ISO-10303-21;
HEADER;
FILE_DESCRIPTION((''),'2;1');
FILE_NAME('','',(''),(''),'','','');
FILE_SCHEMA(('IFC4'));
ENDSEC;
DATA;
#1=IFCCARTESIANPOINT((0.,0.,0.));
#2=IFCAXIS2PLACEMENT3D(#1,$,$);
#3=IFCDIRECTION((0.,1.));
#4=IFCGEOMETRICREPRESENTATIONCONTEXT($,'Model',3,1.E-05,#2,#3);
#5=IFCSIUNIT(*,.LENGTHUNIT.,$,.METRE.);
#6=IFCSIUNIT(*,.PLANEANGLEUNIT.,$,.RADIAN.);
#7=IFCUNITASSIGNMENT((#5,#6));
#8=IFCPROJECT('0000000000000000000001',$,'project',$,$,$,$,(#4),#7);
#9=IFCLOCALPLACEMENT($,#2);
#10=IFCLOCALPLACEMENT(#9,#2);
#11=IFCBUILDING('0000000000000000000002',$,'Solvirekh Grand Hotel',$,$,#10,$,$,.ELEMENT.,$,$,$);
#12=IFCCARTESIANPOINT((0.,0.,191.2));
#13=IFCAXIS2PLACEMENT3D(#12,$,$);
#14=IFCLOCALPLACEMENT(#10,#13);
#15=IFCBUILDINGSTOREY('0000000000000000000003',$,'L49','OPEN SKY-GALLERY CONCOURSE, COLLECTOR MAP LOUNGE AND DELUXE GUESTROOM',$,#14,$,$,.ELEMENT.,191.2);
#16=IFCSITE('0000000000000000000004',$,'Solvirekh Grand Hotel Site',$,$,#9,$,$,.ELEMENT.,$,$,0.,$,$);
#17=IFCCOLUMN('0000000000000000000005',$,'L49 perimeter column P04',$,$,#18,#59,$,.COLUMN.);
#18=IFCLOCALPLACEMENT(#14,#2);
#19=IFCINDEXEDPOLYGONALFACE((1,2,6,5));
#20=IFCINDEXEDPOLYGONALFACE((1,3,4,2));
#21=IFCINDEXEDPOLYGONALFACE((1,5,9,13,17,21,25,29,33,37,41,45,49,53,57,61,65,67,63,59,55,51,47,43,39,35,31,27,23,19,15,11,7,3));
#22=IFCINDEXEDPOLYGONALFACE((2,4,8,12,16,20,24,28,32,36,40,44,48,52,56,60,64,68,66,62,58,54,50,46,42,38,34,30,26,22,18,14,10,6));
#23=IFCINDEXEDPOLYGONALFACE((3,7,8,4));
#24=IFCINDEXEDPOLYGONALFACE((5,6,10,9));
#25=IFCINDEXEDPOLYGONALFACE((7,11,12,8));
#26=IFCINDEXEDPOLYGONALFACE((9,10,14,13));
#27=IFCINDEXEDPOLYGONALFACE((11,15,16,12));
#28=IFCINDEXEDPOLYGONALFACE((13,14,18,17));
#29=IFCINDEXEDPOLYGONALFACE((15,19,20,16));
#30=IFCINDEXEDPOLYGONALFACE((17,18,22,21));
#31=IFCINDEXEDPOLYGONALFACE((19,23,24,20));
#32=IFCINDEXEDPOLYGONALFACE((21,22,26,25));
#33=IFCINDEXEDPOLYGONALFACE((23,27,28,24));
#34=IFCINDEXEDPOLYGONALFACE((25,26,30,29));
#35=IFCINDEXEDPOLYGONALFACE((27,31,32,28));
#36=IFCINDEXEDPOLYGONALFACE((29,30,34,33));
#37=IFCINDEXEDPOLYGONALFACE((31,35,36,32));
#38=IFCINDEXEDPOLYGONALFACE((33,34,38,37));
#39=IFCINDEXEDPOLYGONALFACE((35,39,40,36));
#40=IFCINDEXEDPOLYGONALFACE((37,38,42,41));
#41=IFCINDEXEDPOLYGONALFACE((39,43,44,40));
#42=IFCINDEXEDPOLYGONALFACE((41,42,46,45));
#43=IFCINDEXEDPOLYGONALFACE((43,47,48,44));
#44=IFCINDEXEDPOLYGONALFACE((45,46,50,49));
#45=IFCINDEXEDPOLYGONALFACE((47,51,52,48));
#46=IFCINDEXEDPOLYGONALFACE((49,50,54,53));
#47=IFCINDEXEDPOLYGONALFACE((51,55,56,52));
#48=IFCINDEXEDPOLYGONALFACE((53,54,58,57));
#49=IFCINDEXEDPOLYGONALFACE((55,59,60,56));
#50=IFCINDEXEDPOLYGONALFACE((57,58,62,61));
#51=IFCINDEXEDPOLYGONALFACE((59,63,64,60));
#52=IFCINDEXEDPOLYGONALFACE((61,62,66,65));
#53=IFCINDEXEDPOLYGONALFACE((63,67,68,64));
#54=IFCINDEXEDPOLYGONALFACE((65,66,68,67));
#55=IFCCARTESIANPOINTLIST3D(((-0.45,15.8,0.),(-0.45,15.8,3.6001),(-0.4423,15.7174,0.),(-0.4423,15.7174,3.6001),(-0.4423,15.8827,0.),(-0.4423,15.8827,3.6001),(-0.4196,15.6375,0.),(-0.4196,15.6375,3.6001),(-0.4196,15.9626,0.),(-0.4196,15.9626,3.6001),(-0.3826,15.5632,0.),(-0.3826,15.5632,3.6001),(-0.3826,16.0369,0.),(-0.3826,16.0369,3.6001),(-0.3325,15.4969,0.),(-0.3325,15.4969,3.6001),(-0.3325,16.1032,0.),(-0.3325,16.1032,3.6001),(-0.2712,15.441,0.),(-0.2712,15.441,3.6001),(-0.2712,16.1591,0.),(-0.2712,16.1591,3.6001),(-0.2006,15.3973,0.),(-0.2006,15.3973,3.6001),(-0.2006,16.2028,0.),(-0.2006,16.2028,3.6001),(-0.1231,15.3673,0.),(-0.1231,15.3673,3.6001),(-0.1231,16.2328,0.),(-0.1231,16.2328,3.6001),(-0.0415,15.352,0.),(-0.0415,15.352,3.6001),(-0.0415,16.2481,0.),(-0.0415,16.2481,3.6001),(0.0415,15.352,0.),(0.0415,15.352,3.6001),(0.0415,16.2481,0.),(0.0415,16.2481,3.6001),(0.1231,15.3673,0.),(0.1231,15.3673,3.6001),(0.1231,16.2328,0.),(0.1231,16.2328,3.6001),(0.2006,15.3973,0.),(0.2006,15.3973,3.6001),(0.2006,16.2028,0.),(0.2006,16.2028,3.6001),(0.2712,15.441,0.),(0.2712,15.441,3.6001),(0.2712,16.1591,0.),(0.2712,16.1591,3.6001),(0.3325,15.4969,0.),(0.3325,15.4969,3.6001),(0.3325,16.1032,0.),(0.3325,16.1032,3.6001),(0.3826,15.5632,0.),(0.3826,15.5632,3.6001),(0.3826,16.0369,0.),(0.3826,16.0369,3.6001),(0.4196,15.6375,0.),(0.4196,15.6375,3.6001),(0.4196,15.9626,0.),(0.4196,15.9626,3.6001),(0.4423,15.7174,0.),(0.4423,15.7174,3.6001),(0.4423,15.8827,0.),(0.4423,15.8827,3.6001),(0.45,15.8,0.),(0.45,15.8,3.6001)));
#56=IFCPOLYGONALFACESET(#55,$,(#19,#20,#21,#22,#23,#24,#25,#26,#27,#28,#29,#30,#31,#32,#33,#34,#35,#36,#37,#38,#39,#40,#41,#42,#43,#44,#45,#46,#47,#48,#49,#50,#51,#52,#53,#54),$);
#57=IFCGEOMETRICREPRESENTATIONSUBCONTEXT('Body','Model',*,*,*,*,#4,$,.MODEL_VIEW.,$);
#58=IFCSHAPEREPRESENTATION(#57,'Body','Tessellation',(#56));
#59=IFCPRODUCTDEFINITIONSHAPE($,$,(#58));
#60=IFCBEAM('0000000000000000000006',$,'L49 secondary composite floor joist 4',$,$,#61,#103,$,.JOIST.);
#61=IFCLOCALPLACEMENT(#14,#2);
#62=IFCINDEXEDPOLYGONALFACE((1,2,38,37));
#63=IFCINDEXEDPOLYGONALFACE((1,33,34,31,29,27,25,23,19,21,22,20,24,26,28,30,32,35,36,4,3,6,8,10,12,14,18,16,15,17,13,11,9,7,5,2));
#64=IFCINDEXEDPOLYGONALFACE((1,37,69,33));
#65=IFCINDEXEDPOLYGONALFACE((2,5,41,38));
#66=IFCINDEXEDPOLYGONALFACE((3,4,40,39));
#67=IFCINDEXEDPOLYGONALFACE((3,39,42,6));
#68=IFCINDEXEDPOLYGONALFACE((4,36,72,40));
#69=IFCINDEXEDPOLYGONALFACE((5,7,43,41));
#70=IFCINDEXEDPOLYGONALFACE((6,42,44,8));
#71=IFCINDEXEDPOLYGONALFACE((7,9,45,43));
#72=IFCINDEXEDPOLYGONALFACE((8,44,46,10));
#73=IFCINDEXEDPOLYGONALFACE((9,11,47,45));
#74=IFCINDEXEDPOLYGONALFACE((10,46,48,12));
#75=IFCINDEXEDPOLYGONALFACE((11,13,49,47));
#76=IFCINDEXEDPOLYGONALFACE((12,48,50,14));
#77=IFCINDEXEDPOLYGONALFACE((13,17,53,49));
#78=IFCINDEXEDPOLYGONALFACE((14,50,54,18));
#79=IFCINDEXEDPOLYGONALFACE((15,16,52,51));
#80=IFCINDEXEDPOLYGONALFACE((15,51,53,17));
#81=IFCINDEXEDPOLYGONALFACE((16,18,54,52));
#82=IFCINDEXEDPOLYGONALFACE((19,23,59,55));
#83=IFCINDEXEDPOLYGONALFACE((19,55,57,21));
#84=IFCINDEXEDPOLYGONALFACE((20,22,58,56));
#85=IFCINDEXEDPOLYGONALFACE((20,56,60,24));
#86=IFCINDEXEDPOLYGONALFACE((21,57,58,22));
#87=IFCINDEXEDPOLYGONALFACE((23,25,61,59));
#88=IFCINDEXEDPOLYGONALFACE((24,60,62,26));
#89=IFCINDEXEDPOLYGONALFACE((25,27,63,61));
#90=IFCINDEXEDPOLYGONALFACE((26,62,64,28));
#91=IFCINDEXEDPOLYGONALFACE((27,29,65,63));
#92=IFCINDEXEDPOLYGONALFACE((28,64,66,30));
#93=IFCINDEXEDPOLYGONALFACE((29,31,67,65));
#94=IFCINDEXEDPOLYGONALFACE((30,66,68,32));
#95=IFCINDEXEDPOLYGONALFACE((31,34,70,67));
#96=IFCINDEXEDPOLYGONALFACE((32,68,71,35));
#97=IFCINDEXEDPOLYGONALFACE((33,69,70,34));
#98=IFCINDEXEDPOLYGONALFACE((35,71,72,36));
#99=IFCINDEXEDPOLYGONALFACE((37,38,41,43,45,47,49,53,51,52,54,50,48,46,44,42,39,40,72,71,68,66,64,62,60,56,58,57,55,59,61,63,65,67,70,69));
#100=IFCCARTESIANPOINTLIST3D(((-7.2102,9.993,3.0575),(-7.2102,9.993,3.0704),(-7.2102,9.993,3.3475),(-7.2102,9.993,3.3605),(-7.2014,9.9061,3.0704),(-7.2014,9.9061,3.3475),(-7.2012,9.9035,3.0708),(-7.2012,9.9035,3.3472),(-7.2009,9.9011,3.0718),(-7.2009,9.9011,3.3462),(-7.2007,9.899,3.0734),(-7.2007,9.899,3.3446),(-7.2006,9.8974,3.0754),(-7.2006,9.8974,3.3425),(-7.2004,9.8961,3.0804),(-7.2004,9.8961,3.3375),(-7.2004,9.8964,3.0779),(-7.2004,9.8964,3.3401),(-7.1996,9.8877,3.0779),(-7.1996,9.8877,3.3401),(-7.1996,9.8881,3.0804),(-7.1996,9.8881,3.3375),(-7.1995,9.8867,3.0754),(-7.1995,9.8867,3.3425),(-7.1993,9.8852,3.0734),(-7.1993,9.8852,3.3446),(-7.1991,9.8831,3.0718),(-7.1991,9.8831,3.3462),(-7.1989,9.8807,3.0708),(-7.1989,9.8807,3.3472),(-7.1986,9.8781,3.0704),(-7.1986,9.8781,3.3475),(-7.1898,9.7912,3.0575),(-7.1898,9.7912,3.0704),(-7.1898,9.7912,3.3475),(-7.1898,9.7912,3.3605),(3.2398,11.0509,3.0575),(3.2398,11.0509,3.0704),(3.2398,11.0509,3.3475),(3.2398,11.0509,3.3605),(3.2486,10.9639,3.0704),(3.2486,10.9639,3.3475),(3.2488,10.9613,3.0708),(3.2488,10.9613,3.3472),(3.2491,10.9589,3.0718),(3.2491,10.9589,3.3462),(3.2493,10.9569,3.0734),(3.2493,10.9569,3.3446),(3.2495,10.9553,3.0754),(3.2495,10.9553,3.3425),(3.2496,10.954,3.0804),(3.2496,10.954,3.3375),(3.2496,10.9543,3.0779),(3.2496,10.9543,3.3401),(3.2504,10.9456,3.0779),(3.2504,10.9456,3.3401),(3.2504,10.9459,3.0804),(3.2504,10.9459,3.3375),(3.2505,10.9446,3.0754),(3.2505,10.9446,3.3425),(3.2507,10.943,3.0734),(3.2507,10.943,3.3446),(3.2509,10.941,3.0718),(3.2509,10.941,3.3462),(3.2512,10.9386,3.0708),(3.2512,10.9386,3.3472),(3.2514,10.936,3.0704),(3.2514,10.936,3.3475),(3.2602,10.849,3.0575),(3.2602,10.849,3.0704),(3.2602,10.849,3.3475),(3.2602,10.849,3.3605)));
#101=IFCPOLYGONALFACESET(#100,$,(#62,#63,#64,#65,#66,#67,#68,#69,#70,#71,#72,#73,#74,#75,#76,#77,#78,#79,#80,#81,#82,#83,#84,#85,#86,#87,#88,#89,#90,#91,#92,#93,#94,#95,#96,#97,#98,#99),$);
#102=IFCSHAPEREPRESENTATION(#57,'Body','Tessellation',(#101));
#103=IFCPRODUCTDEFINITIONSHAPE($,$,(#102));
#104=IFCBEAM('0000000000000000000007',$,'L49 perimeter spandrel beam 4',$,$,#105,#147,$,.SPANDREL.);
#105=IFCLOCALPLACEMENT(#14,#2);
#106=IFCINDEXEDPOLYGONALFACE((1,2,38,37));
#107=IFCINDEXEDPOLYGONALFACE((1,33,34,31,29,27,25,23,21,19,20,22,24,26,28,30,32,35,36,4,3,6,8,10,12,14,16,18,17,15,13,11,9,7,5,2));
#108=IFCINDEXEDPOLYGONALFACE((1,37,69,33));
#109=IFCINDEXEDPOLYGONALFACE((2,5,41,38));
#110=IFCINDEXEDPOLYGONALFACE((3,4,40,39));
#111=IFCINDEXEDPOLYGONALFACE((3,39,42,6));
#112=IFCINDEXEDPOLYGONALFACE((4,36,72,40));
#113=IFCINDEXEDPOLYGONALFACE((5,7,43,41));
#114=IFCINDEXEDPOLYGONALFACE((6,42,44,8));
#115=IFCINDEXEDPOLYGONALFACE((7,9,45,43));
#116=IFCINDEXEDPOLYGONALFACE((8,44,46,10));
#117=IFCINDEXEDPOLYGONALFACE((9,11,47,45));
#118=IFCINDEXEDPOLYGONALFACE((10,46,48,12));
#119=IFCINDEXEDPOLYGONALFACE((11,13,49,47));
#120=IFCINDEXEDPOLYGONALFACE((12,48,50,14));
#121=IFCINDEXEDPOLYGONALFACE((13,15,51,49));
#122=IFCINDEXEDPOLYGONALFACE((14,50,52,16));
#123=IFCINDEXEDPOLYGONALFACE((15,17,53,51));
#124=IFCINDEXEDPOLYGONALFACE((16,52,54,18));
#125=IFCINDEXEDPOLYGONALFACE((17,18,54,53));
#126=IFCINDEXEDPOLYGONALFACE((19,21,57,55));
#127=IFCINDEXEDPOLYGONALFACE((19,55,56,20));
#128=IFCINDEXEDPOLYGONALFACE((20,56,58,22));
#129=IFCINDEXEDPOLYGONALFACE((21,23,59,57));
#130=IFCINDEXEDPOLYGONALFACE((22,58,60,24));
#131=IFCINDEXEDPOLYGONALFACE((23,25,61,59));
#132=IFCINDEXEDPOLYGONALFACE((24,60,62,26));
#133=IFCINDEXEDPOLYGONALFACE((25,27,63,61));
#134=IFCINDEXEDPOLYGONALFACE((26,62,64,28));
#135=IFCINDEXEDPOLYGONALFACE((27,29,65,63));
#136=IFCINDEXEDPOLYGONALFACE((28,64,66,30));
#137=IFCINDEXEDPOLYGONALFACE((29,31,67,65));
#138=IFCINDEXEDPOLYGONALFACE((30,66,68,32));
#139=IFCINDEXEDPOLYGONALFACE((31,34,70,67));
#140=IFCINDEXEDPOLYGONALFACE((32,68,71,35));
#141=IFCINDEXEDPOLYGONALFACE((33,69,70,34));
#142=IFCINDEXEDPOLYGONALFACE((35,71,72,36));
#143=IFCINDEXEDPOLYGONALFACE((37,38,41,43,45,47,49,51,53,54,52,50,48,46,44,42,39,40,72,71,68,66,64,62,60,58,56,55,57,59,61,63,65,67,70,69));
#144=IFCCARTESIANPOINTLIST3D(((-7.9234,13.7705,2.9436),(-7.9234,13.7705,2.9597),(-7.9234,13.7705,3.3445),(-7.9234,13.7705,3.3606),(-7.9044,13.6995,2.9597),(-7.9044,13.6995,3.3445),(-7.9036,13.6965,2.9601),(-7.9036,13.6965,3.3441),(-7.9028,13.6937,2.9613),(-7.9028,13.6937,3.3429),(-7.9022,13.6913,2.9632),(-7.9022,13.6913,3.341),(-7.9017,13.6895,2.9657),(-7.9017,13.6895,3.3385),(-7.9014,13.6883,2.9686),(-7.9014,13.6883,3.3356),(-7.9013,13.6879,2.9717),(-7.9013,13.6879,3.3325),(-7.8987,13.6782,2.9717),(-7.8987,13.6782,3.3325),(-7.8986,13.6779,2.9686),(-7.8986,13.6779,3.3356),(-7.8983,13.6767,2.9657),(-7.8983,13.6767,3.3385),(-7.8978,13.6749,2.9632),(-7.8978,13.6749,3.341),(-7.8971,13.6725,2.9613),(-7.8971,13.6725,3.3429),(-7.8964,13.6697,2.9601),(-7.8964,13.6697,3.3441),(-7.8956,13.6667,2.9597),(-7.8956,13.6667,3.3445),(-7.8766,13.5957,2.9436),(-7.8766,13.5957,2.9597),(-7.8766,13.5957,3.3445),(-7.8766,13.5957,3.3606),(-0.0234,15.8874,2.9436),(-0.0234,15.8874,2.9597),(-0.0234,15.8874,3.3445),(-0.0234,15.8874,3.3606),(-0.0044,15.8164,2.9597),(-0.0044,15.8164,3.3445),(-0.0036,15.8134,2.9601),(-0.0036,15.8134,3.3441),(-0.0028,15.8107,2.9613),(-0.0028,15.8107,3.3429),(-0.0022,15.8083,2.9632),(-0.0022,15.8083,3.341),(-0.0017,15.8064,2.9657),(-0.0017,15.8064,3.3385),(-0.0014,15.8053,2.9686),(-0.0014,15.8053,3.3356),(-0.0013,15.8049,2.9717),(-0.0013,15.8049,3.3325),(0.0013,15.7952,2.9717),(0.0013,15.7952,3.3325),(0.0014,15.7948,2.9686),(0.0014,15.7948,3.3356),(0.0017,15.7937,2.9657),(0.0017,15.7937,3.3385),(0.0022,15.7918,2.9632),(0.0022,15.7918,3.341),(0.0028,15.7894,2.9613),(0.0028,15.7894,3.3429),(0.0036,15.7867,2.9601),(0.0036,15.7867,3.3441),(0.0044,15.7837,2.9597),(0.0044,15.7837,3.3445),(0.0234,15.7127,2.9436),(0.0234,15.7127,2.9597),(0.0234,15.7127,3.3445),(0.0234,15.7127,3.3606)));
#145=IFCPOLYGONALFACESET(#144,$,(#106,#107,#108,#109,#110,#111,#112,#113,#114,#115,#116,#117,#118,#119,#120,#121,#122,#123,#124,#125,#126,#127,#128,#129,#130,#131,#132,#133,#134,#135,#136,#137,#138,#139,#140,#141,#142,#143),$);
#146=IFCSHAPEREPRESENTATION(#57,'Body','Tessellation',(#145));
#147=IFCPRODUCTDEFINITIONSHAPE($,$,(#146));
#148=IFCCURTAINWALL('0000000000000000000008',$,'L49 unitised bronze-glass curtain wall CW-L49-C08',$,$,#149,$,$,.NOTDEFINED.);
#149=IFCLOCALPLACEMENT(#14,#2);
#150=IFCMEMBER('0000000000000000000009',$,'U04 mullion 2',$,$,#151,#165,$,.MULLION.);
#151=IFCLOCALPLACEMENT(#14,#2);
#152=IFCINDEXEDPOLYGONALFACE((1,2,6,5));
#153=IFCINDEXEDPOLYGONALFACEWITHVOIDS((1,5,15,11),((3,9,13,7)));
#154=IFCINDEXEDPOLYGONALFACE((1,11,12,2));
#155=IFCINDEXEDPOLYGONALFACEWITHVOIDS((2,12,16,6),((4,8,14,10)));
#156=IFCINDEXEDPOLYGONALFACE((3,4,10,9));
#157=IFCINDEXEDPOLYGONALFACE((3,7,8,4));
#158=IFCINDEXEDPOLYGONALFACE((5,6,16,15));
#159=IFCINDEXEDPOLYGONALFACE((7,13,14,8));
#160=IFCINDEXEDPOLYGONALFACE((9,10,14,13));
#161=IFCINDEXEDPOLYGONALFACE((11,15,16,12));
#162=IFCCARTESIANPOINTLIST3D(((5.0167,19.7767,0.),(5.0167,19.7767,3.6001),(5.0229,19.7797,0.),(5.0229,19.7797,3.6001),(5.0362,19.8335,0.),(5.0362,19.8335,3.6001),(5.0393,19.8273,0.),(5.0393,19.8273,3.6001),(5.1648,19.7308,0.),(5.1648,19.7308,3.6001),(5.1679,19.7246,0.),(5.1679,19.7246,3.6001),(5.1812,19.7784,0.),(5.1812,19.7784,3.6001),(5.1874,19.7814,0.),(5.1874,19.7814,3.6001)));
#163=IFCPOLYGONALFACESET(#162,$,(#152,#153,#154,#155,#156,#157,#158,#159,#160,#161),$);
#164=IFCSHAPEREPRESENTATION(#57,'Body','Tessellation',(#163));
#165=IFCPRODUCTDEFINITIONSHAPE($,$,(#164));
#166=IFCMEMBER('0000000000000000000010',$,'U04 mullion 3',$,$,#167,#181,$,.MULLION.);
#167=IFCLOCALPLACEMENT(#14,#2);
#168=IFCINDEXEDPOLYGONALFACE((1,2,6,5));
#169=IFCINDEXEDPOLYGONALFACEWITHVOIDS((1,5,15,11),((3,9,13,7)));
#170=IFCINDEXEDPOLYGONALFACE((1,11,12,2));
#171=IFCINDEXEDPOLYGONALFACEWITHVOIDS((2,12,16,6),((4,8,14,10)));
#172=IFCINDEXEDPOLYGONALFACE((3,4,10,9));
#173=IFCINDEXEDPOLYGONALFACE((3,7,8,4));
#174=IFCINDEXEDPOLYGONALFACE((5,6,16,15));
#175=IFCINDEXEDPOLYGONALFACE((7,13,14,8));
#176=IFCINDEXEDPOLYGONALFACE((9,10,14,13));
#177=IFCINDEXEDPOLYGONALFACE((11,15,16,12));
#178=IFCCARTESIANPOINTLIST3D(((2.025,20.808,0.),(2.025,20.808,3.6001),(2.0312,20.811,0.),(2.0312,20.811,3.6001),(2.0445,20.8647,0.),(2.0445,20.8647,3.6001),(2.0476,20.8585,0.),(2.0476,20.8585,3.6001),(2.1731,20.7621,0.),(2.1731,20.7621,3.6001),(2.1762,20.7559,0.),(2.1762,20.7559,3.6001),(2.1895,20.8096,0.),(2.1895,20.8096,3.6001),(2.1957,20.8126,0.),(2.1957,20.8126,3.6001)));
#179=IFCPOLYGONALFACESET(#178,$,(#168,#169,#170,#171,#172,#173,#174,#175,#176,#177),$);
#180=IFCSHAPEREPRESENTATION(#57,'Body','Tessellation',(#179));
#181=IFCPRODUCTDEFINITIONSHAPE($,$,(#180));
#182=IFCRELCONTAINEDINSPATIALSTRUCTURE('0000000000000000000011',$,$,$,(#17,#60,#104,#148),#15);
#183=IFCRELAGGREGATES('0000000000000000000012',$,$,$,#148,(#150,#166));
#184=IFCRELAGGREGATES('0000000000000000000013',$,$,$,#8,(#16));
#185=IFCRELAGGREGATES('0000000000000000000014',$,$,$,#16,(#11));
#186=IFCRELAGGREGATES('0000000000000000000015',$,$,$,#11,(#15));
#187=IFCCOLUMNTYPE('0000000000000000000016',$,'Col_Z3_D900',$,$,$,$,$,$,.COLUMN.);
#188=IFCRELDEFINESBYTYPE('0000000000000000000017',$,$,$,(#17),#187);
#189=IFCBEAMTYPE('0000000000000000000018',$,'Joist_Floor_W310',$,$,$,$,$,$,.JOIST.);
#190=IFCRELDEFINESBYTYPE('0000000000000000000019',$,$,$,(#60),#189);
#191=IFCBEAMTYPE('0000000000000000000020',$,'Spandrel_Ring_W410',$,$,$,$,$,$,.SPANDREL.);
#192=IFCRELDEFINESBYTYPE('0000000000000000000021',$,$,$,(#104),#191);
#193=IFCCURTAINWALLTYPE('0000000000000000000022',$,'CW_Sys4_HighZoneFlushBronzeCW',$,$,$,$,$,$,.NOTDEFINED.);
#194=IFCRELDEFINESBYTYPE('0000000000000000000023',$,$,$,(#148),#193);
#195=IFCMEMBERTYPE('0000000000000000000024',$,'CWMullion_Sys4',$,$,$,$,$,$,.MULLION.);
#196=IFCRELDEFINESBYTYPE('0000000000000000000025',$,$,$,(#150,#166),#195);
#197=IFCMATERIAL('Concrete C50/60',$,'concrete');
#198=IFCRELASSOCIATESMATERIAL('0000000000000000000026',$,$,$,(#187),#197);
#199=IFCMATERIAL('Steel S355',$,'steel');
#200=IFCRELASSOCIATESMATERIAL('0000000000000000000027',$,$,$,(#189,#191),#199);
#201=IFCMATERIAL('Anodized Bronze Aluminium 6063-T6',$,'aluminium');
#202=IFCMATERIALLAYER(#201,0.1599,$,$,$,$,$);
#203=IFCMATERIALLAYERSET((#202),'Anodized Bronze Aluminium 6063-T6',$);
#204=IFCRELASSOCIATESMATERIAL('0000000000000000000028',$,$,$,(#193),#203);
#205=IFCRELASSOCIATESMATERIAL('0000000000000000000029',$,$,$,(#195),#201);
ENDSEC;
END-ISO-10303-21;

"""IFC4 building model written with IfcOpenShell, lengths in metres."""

from ifc_helpers import new_model, si_unit, direction, frame, origin, origin_2d, place, context, subcontext, project, spatial, hollow_rectangle, circle, i_section, extrude, source, transform, mapped, material, layer, layer_set, material_profile, profile_set, type_object, element, aggregate, save


model = new_model("IFC4")

# Units and contexts
model_context = context("Model", 3, precision=1e-05, world=origin(), true_north=direction((0.0, 1.0)))
body_context = subcontext(model_context, "Body", "Model", "MODEL_VIEW")
ifc_project = project(units=[si_unit("LENGTHUNIT", "METRE"), si_unit("PLANEANGLEUNIT", "RADIAN")], contexts=[model_context])

# Site, building, storey
site_placement = place(None, origin())
site = spatial("IfcSite", under=ifc_project, at=site_placement, Name="Solvirekh Grand Hotel Site", CompositionType="ELEMENT", RefElevation=0.0)
building_placement = place(site_placement, origin())
building = spatial("IfcBuilding", under=site, at=building_placement, Name="Solvirekh Grand Hotel", CompositionType="ELEMENT")
storey_placement = place(building_placement, frame((0.0, 0.0, 191.2)))
storey = spatial("IfcBuildingStorey", under=building, at=storey_placement, Name="L49", Description="OPEN SKY-GALLERY CONCOURSE, COLLECTOR MAP LOUNGE AND DELUXE GUESTROOM", CompositionType="ELEMENT", Elevation=191.2)

# Column
ifc_material_1 = material(Name="Concrete C50/60", Category="concrete")
ifc_material_profile_1 = material_profile(ifc_material_1, circle(Radius=0.45, at=origin_2d()), Name="RC CIRC D900")
ifc_profile_set_1 = profile_set([ifc_material_profile_1], Name="Concrete C50/60")
column_type = type_object("IfcColumnType", Name="Col_Z3_D900", PredefinedType="COLUMN", material=ifc_profile_set_1)
column_placement = place(storey_placement, frame((0.0, 15.8, 0.0), z_axis=(0.0, 0.0, 1.0), x_axis=(1.0, 0.0, 0.0)))
element("IfcColumn", 1, at=column_placement, inside=storey, type_object=column_type, Name="L49 perimeter column P04", PredefinedType="COLUMN", context=body_context, shape_type="SweptSolid", body=[
    extrude(circle(Radius=0.45, at=origin_2d()), origin(), (0.0, 0.0, 1.0), 3.6001),
])

# Beams
ifc_material_2 = material(Name="Steel S355", Category="steel")
ifc_material_profile_2 = material_profile(ifc_material_2, i_section(OverallWidth=0.2029, OverallDepth=0.303, WebThickness=0.0081, FlangeThickness=0.0129, FilletRadius=0.01, at=origin_2d()), Name="W310X60")
ifc_profile_set_2 = profile_set([ifc_material_profile_2], Name="Steel S355")
beam_type_1 = type_object("IfcBeamType", Name="Joist_Floor_W310", PredefinedType="JOIST", material=ifc_profile_set_2)
beam_1_placement = place(storey_placement, frame((3.25, 10.95, 3.209), z_axis=(-0.994915, -0.100716, 0.0), x_axis=(0.100716, -0.994915, 0.0)))
element("IfcBeam", 2, at=beam_1_placement, inside=storey, type_object=beam_type_1, Name="L49 secondary composite floor joist 4", PredefinedType="JOIST", context=body_context, shape_type="SweptSolid", body=[
    extrude(i_section(OverallWidth=0.2029, OverallDepth=0.303, WebThickness=0.0081, FlangeThickness=0.0129, FilletRadius=0.01, at=origin_2d()), origin(), (0.0, 0.0, 1.0), 10.5034),
])
ifc_material_profile_3 = material_profile(ifc_material_2, i_section(OverallWidth=0.1809, OverallDepth=0.417, WebThickness=0.01, FlangeThickness=0.0161, FilletRadius=0.012, at=origin_2d()), Name="W410X85")
ifc_profile_set_3 = profile_set([ifc_material_profile_3], Name="Steel S355")
beam_type_2 = type_object("IfcBeamType", Name="Spandrel_Ring_W410", PredefinedType="SPANDREL", material=ifc_profile_set_3)
beam_2_placement = place(storey_placement, frame((0.0, 15.8, 3.1521), z_axis=(-0.965921, -0.258839, 0.0), x_axis=(0.258839, -0.965921, 0.0)))
element("IfcBeam", 3, at=beam_2_placement, inside=storey, type_object=beam_type_2, Name="L49 perimeter spandrel beam 4", PredefinedType="SPANDREL", context=body_context, shape_type="SweptSolid", body=[
    extrude(i_section(OverallWidth=0.1809, OverallDepth=0.417, WebThickness=0.01, FlangeThickness=0.0161, FilletRadius=0.012, at=origin_2d()), origin(), (0.0, 0.0, 1.0), 8.1787),
])

# Curtain wall, members
ifc_material_3 = material(Name="Anodized Bronze Aluminium 6063-T6", Category="aluminium")
ifc_layer_1 = layer(ifc_material_3, 0.1599)
ifc_layer_set_1 = layer_set([ifc_layer_1], Name="Anodized Bronze Aluminium 6063-T6")
curtain_wall_type = type_object("IfcCurtainWallType", Name="CW_Sys4_HighZoneFlushBronzeCW", PredefinedType="NOTDEFINED", material=ifc_layer_set_1)
curtain_wall_placement = place(storey_placement, origin())
curtain_wall = element("IfcCurtainWall", 4, at=curtain_wall_placement, inside=storey, type_object=curtain_wall_type, Name="L49 unitised bronze-glass curtain wall CW-L49-C08", PredefinedType="NOTDEFINED")
ifc_material_profile_4 = material_profile(ifc_material_3, hollow_rectangle(XDim=0.0601, YDim=0.1599, WallThickness=0.0049, at=origin_2d()), Name="ALU RHS 160X60X5")
ifc_profile_set_4 = profile_set([ifc_material_profile_4], Name="Anodized Bronze Aluminium 6063-T6")
member_type_1 = type_object("IfcMemberType", Name="CWMullion_Sys4", PredefinedType="MULLION", material=ifc_profile_set_4)
shared_shape_1 = source(origin(), body_context, "Body", "SweptSolid", [
    extrude(hollow_rectangle(XDim=0.0601, YDim=0.1599, WallThickness=0.0049, at=origin_2d()), origin(), (0.0, 0.0, 1.0), 3.6001),
])
member_1_placement = place(storey_placement, frame((5.1021, 19.7791, 0.0), z_axis=(0.0, 0.0, 1.0), x_axis=(-0.325885, -0.94541, 0.0)))
member_1 = element("IfcMember", 5, at=member_1_placement, type_object=member_type_1, Name="U04 mullion 2", PredefinedType="MULLION", context=body_context, shape_type="MappedRepresentation", body=[
    mapped(shared_shape_1, transform((0.0, 0.0, 0.0), x_axis=(1.0, 0.0, 0.0), y_axis=(0.0, 1.0, 0.0), z_axis=(0.0, 0.0, 1.0), scale=1.0)),
])
member_2_placement = place(storey_placement, frame((2.1104, 20.8103, 0.0), z_axis=(0.0, 0.0, 1.0), x_axis=(-0.325885, -0.94541, 0.0)))
member_2 = element("IfcMember", 6, at=member_2_placement, type_object=member_type_1, Name="U04 mullion 3", PredefinedType="MULLION", context=body_context, shape_type="MappedRepresentation", body=[
    mapped(shared_shape_1, transform((0.0, 0.0, 0.0), x_axis=(1.0, 0.0, 0.0), y_axis=(0.0, 1.0, 0.0), z_axis=(0.0, 0.0, 1.0), scale=1.0)),
])
aggregate(curtain_wall, [member_1, member_2])

save(model, "model.ifc")
